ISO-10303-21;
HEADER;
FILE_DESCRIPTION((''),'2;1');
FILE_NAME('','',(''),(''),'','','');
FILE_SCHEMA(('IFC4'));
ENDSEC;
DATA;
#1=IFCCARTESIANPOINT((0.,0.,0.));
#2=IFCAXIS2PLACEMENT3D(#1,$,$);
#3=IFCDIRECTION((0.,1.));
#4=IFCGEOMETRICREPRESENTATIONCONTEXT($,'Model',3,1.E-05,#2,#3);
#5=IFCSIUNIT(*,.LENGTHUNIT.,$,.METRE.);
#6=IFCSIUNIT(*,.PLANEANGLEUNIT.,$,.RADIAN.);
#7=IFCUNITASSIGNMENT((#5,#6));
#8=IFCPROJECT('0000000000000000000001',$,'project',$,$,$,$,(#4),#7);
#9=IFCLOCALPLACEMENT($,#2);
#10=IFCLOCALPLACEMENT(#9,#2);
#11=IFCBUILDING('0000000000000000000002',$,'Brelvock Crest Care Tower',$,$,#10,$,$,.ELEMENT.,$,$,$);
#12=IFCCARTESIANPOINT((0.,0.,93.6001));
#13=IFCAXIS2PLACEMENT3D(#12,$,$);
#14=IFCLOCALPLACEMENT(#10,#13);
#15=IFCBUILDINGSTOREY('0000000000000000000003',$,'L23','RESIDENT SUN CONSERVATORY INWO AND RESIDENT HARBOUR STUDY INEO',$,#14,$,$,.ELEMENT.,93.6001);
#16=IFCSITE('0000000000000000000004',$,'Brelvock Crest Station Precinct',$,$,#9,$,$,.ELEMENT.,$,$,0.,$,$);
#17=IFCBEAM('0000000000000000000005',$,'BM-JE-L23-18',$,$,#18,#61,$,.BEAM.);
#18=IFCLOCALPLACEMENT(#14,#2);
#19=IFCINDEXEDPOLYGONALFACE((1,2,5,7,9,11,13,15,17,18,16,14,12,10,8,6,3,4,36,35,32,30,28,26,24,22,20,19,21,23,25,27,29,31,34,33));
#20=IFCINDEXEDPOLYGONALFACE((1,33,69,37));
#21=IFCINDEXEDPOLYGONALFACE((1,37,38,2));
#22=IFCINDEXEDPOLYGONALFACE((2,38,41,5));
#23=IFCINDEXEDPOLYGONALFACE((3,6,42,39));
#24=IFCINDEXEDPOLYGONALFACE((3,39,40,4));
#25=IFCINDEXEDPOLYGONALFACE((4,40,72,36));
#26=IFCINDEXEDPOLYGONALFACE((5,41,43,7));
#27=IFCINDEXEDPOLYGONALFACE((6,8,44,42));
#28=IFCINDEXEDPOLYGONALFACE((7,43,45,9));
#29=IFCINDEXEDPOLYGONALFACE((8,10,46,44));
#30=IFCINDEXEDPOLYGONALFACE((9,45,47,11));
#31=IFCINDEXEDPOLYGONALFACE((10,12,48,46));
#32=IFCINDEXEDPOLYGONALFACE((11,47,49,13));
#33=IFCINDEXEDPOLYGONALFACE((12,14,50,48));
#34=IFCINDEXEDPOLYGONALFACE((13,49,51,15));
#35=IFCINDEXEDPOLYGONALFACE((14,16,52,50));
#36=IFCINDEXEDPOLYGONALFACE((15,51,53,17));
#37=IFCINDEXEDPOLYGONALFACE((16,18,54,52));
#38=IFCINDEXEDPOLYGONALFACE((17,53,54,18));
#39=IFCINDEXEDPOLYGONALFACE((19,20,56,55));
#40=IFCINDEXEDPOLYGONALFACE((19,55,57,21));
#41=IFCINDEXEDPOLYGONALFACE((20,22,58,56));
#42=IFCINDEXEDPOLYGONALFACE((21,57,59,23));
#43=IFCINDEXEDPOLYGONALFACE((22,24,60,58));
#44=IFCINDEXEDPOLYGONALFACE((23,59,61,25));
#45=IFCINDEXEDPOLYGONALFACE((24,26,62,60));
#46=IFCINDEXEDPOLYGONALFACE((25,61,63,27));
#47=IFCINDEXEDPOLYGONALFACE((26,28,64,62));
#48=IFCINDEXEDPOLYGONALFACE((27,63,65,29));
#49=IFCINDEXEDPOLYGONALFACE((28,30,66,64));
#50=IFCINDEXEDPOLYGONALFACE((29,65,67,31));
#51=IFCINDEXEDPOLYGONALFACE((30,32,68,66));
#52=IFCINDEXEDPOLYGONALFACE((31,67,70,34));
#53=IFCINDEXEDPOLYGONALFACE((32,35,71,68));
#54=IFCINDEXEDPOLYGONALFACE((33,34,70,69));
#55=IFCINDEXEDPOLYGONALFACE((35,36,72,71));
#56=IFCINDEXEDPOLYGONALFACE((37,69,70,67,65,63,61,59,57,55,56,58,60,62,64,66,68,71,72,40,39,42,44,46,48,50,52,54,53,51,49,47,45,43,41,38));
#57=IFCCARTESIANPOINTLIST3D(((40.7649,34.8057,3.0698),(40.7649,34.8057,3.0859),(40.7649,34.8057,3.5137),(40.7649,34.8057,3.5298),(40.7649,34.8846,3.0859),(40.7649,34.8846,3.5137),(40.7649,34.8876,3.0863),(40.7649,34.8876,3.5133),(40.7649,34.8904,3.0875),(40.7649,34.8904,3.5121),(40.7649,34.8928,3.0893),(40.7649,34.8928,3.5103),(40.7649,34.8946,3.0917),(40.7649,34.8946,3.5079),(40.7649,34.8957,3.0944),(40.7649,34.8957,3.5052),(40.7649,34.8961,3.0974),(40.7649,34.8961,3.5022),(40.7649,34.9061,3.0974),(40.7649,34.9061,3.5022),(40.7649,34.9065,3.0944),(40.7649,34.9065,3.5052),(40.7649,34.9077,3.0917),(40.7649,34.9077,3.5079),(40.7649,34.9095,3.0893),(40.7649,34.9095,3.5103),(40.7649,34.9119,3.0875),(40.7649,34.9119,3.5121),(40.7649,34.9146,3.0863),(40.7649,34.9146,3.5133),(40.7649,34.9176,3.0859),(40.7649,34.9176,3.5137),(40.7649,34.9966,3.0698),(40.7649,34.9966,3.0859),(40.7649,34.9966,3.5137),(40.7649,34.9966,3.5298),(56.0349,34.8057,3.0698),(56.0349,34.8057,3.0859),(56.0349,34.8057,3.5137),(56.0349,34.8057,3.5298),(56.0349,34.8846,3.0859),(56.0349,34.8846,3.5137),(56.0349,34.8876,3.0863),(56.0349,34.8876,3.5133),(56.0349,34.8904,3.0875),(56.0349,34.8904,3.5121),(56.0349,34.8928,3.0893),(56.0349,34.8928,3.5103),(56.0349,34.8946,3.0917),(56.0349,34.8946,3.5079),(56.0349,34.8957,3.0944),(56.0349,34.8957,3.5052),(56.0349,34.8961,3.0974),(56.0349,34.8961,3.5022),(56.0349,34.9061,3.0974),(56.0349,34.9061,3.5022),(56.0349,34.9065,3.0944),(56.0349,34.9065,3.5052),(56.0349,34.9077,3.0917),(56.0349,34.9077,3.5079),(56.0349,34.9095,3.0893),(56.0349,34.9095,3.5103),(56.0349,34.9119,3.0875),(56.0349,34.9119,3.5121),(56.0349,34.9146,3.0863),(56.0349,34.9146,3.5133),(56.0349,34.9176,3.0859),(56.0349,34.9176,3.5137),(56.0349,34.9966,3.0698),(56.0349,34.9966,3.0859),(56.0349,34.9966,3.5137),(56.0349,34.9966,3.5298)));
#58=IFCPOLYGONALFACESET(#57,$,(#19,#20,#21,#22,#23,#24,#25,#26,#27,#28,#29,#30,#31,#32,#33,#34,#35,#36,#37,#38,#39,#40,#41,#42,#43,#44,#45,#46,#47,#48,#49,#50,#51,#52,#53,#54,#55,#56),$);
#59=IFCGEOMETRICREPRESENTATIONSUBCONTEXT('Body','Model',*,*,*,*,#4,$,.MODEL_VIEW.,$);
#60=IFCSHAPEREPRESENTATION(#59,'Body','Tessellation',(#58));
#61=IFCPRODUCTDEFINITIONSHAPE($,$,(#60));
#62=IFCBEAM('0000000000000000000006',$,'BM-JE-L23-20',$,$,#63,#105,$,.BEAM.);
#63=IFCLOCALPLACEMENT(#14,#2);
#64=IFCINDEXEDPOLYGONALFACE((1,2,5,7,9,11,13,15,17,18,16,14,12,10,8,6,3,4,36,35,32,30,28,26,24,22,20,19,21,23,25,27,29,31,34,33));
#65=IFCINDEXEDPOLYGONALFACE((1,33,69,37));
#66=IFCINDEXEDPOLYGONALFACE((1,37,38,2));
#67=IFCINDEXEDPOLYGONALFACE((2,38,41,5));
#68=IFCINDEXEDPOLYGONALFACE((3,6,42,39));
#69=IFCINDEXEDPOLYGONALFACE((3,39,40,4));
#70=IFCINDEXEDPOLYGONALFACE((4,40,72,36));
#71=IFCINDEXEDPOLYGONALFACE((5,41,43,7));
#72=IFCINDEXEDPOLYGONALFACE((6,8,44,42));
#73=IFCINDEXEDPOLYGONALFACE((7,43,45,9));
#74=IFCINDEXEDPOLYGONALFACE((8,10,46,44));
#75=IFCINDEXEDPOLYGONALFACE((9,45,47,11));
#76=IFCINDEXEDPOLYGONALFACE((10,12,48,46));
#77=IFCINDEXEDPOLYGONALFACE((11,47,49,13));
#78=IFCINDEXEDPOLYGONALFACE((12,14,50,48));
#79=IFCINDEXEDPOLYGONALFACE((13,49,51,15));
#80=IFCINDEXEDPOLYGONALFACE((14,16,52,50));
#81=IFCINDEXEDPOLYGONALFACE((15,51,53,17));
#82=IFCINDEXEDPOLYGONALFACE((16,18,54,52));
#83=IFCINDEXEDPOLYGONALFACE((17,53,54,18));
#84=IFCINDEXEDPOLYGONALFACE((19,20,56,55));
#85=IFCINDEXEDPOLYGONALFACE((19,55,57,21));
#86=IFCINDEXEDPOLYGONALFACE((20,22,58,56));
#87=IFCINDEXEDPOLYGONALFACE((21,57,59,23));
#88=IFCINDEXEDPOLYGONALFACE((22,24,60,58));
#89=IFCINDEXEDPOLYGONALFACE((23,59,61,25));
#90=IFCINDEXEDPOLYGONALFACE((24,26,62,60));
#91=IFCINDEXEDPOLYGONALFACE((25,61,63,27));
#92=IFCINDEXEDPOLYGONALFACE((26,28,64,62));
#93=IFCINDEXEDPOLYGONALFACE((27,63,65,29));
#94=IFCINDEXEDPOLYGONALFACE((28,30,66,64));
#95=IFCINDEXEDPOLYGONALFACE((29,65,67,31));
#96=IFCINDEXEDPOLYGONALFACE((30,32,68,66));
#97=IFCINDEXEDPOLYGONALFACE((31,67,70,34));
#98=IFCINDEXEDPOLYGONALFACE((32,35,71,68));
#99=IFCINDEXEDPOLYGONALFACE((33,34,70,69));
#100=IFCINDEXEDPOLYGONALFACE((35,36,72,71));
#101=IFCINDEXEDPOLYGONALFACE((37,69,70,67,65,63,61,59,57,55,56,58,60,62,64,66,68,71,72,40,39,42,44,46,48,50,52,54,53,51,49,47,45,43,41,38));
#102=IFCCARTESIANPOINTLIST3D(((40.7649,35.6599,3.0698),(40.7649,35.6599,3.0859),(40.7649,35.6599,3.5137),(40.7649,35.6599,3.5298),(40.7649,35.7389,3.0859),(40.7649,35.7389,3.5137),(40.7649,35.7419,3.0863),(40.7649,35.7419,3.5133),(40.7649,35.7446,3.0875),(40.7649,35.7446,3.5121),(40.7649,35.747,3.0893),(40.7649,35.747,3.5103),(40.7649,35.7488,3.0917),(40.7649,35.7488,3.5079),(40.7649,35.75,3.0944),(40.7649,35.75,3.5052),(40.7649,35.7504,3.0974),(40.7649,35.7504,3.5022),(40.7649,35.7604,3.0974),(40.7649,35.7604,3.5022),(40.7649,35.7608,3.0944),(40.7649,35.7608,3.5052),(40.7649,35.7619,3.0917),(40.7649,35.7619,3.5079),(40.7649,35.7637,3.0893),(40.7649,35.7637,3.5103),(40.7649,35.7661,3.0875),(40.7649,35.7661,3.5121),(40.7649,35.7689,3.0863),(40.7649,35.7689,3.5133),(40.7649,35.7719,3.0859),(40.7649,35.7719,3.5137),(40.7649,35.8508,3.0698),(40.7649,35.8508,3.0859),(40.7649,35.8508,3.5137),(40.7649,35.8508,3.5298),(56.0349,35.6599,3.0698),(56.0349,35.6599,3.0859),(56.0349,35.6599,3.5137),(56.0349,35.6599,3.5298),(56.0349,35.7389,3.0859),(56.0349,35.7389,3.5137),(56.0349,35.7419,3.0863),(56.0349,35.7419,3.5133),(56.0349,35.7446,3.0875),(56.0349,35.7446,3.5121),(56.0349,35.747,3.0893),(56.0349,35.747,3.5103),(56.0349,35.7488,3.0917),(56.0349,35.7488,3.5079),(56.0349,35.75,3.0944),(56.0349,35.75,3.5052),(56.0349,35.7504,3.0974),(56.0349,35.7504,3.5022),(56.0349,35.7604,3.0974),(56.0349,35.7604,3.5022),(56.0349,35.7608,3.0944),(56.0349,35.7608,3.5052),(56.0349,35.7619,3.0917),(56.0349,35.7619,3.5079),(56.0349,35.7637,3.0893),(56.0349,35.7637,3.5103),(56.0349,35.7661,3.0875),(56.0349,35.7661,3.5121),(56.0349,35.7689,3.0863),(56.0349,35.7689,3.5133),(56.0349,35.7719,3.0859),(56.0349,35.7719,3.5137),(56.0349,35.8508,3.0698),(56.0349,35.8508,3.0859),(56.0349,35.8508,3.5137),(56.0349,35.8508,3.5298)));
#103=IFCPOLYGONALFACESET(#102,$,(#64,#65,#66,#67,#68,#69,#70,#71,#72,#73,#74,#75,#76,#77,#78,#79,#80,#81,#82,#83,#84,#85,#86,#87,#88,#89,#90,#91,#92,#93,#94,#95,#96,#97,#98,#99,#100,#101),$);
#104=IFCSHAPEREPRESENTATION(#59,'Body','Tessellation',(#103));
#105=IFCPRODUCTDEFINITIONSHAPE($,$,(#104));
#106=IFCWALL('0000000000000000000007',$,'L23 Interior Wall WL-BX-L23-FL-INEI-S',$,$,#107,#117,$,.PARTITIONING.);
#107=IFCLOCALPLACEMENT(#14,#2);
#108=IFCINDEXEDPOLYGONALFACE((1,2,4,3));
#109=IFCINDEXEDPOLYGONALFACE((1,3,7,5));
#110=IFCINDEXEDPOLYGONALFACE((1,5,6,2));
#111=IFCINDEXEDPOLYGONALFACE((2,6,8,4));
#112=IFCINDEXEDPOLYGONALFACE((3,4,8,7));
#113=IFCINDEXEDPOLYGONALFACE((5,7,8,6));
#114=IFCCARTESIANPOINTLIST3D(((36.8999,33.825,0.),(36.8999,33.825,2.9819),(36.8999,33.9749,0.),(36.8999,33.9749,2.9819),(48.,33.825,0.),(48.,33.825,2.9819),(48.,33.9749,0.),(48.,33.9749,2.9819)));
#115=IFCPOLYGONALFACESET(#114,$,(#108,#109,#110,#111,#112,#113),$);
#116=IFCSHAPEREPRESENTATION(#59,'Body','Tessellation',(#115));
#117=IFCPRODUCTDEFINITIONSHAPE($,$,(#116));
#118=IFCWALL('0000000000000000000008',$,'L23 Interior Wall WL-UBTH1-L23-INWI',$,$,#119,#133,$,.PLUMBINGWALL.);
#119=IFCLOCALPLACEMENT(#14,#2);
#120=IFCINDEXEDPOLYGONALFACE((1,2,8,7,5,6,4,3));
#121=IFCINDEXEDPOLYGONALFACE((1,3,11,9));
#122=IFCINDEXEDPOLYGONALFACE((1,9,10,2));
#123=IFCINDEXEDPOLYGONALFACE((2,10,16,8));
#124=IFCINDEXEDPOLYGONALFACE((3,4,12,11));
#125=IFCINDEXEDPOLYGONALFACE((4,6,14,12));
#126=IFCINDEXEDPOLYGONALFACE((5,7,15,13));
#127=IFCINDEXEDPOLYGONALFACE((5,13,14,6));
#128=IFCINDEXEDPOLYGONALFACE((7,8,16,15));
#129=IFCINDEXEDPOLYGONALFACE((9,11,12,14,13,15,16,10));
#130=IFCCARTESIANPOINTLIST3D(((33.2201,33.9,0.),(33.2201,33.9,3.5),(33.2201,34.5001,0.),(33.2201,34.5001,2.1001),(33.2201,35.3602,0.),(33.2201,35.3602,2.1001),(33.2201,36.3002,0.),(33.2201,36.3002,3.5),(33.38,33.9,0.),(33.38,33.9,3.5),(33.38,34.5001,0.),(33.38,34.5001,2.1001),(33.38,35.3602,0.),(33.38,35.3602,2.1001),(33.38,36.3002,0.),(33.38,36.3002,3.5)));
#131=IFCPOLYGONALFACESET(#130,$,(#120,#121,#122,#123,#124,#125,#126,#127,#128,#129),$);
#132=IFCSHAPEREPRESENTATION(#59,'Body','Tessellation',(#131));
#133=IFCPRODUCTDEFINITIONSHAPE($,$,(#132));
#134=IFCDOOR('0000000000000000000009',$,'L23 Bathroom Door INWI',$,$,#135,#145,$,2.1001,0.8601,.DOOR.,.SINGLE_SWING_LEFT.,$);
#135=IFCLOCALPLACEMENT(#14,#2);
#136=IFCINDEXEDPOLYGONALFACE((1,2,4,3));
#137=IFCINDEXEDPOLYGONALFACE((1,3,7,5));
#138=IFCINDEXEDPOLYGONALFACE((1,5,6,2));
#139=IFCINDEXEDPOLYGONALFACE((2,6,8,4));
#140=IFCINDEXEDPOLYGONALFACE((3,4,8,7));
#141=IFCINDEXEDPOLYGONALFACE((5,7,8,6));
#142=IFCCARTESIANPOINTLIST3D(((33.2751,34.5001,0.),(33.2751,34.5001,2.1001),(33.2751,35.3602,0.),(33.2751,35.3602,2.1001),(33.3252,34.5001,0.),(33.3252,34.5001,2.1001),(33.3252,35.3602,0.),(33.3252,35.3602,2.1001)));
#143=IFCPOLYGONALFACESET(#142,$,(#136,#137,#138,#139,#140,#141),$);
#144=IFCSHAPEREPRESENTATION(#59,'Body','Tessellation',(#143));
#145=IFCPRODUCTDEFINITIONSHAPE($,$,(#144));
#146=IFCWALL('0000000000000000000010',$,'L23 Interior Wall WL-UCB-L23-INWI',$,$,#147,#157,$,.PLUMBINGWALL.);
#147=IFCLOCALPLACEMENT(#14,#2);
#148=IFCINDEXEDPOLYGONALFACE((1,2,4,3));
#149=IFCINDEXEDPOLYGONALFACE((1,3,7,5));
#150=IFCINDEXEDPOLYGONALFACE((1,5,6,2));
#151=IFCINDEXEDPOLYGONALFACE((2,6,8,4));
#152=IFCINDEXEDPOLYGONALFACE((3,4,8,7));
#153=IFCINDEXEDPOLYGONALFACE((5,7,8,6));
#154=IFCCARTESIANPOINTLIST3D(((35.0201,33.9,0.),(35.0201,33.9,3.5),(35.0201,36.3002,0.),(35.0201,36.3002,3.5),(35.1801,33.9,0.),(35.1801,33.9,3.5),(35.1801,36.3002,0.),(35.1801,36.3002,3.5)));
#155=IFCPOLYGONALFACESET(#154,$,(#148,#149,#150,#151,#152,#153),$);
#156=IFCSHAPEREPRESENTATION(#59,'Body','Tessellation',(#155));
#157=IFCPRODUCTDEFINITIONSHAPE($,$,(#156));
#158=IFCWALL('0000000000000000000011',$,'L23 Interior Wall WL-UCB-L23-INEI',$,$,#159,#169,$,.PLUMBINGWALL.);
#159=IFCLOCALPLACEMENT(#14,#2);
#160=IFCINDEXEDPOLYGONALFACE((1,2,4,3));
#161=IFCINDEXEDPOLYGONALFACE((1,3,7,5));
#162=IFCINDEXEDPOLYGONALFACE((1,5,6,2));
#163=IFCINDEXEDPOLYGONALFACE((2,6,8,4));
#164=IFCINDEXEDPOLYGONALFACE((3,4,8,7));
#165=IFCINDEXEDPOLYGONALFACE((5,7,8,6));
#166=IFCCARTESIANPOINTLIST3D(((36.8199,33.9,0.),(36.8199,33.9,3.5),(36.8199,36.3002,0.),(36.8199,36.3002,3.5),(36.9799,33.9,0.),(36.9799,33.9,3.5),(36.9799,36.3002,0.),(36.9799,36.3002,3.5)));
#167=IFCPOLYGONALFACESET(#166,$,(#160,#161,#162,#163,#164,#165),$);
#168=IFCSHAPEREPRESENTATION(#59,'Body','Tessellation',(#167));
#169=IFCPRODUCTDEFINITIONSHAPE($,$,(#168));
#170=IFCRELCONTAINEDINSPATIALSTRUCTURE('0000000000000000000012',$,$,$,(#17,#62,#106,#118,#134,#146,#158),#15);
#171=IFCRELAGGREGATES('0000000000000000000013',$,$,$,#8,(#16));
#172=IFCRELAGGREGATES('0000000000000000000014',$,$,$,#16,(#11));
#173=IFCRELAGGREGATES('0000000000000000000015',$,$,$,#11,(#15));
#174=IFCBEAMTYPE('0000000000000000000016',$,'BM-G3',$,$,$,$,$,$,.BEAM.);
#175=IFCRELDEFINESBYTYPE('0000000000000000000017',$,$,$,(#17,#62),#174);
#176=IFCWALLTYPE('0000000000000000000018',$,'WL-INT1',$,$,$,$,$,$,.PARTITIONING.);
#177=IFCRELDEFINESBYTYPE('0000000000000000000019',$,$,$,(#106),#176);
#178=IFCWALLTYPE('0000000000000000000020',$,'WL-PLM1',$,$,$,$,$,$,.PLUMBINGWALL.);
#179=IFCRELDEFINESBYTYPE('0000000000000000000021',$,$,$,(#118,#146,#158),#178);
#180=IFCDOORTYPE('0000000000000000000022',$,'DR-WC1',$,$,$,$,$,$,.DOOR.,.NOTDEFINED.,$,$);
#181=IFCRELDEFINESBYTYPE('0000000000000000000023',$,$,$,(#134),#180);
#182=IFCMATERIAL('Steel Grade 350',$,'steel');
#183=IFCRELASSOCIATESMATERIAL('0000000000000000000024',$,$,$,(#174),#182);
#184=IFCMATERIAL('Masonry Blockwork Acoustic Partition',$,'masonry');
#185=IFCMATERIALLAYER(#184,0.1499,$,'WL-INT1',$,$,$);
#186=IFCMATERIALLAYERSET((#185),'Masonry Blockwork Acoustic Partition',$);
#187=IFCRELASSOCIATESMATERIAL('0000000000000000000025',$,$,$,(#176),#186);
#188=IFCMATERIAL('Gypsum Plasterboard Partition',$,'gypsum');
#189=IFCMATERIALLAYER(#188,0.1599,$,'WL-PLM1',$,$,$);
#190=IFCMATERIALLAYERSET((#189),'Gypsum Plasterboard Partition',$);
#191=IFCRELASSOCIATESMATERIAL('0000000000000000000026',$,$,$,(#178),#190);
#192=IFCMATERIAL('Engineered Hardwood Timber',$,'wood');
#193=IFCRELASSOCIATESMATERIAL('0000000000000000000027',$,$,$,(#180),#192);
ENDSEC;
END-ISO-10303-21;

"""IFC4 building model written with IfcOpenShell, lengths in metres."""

from ifc_helpers import new_model, si_unit, direction, frame, frame_2d, origin, origin_2d, place, context, subcontext, project, spatial, rectangle, i_section, extrude, source, transform, mapped, material, layer, layer_set, material_profile, profile_set, type_object, element, fill, save


model = new_model("IFC4")

# Units and contexts
model_context = context("Model", 3, precision=1e-05, world=origin(), true_north=direction((0.0, 1.0)))
body_context = subcontext(model_context, "Body", "Model", "MODEL_VIEW")
ifc_project = project(units=[si_unit("LENGTHUNIT", "METRE"), si_unit("PLANEANGLEUNIT", "RADIAN")], contexts=[model_context])

# Site, building, storey
site_placement = place(None, origin())
site = spatial("IfcSite", under=ifc_project, at=site_placement, Name="Brelvock Crest Station Precinct", CompositionType="ELEMENT", RefElevation=0.0)
building_placement = place(site_placement, origin())
building = spatial("IfcBuilding", under=site, at=building_placement, Name="Brelvock Crest Care Tower", CompositionType="ELEMENT")
storey_placement = place(building_placement, frame((0.0, 0.0, 93.6001)))
storey = spatial("IfcBuildingStorey", under=building, at=storey_placement, Name="L23", Description="RESIDENT SUN CONSERVATORY INWO AND RESIDENT HARBOUR STUDY INEO", CompositionType="ELEMENT", Elevation=93.6001)

# Beams
ifc_material_1 = material(Name="Steel Grade 350", Category="steel")
ifc_material_profile_1 = material_profile(ifc_material_1, i_section(OverallWidth=0.1909, OverallDepth=0.46, WebThickness=0.01, FlangeThickness=0.0161, FilletRadius=0.0115, at=origin_2d()), Name="460UB82.1")
ifc_profile_set_1 = profile_set([ifc_material_profile_1], Name="Steel Grade 350")
beam_type_1 = type_object("IfcBeamType", Name="BM-G3", PredefinedType="BEAM", material=ifc_profile_set_1)
shared_shape_1 = source(origin(), body_context, "Body", "SweptSolid", [
    extrude(i_section(OverallWidth=0.1909, OverallDepth=0.46, WebThickness=0.01, FlangeThickness=0.0161, FilletRadius=0.0115, at=origin_2d()), origin(), (0.0, 0.0, 1.0), 15.27),
])
for number, where, z_axis, x_axis, name in (
    (1, (40.7649, 34.9011, 3.2998), (1.0, 0.0, 0.0), (0.0, 1.0, 0.0), "BM-JE-L23-18"),
    (2, (40.7649, 35.7554, 3.2998), (1.0, 0.0, 0.0), (0.0, 1.0, 0.0), "BM-JE-L23-20"),
):
    element("IfcBeam", number, at=place(storey_placement, frame(where, z_axis=z_axis, x_axis=x_axis)), inside=storey, type_object=beam_type_1, Name=name, PredefinedType="BEAM", context=body_context, shape_type="MappedRepresentation", body=[
        mapped(shared_shape_1, transform((0.0, 0.0, 0.0), x_axis=(1.0, 0.0, 0.0), y_axis=(0.0, 1.0, 0.0), z_axis=(0.0, 0.0, 1.0), scale=1.0)),
    ])

# Wall
ifc_material_2 = material(Name="Masonry Blockwork Acoustic Partition", Category="masonry")
ifc_layer_1 = layer(ifc_material_2, 0.1499, Name="WL-INT1")
ifc_layer_set_1 = layer_set([ifc_layer_1], Name="Masonry Blockwork Acoustic Partition")
wall_type_1 = type_object("IfcWallType", Name="WL-INT1", PredefinedType="PARTITIONING", material=ifc_layer_set_1)
wall_1_placement = place(storey_placement, frame((36.8999, 33.8999, 0.0), z_axis=(0.0, 0.0, 1.0), x_axis=(1.0, 0.0, 0.0)))
element("IfcWall", 3, at=wall_1_placement, inside=storey, type_object=wall_type_1, Name="L23 Interior Wall WL-BX-L23-FL-INEI-S", PredefinedType="PARTITIONING", context=body_context, shape_type="SweptSolid", body=[
    extrude(rectangle(XDim=11.1001, YDim=0.1499, at=frame_2d((5.55, 0.0))), origin(), (0.0, 0.0, 1.0), 2.9819),
])

# Wall, opening, door
ifc_material_3 = material(Name="Gypsum Plasterboard Partition", Category="gypsum")
ifc_layer_2 = layer(ifc_material_3, 0.1599, Name="WL-PLM1")
ifc_layer_set_2 = layer_set([ifc_layer_2], Name="Gypsum Plasterboard Partition")
wall_type_2 = type_object("IfcWallType", Name="WL-PLM1", PredefinedType="PLUMBINGWALL", material=ifc_layer_set_2)
wall_2_placement = place(storey_placement, frame((33.3, 33.8999, 0.0), z_axis=(0.0, 0.0, 1.0), x_axis=(0.0, 1.0, 0.0)))
wall_2 = element("IfcWall", 4, at=wall_2_placement, inside=storey, type_object=wall_type_2, Name="L23 Interior Wall WL-UBTH1-L23-INWI", PredefinedType="PLUMBINGWALL", context=body_context, shape_type="SweptSolid", body=[
    extrude(rectangle(XDim=2.4001, YDim=0.1599, at=frame_2d((1.2002, 0.0))), origin(), (0.0, 0.0, 1.0), 3.5),
])
opening_1_placement = place(wall_2_placement, frame((0.6001, 0.0, 0.0)))
opening_1 = element("IfcOpeningElement", 5, at=opening_1_placement, cuts=wall_2, PredefinedType="OPENING", context=body_context, shape_type="SweptSolid", body=[
    extrude(rectangle(XDim=0.8601, YDim=2.1001, at=origin_2d()), frame((0.4302, 0.0898, 1.05), z_axis=(0.0, -1.0, 0.0), x_axis=(1.0, 0.0, 0.0)), (0.0, 0.0, 1.0), 0.1799),
])
ifc_material_4 = material(Name="Engineered Hardwood Timber", Category="wood")
door_type = type_object("IfcDoorType", Name="DR-WC1", OperationType="NOTDEFINED", PredefinedType="DOOR", material=ifc_material_4)
shared_shape_2 = source(origin(), body_context, "Body", "SweptSolid", [
    extrude(rectangle(XDim=0.8601, YDim=2.1001, at=origin_2d()), frame((0.4302, 0.0249, 1.05), z_axis=(0.0, -1.0, 0.0), x_axis=(1.0, 0.0, 0.0)), (0.0, 0.0, 1.0), 0.05),
])
door_1_placement = place(opening_1_placement, origin())
door_1 = element("IfcDoor", 6, at=door_1_placement, inside=storey, type_object=door_type, Name="L23 Bathroom Door INWI", OperationType="SINGLE_SWING_LEFT", OverallHeight=2.1001, OverallWidth=0.8601, PredefinedType="DOOR", context=body_context, shape_type="MappedRepresentation", body=[
    mapped(shared_shape_2, transform((0.0, 0.0, 0.0), x_axis=(1.0, 0.0, 0.0), y_axis=(0.0, 1.0, 0.0), z_axis=(0.0, 0.0, 1.0), scale=1.0)),
])
fill(opening_1, door_1)

# Walls
for number, where, z_axis, x_axis, name in (
    (7, (35.1001, 33.8999, 0.0), (0.0, 0.0, 1.0), (0.0, 1.0, 0.0), "L23 Interior Wall WL-UCB-L23-INWI"),
    (8, (36.8999, 33.8999, 0.0), (0.0, 0.0, 1.0), (0.0, 1.0, 0.0), "L23 Interior Wall WL-UCB-L23-INEI"),
):
    element("IfcWall", number, at=place(storey_placement, frame(where, z_axis=z_axis, x_axis=x_axis)), inside=storey, type_object=wall_type_2, Name=name, PredefinedType="PLUMBINGWALL", context=body_context, shape_type="SweptSolid", body=[
        extrude(rectangle(XDim=2.4001, YDim=0.1599, at=frame_2d((1.2002, 0.0))), origin(), (0.0, 0.0, 1.0), 3.5),
    ])

save(model, "model.ifc")
